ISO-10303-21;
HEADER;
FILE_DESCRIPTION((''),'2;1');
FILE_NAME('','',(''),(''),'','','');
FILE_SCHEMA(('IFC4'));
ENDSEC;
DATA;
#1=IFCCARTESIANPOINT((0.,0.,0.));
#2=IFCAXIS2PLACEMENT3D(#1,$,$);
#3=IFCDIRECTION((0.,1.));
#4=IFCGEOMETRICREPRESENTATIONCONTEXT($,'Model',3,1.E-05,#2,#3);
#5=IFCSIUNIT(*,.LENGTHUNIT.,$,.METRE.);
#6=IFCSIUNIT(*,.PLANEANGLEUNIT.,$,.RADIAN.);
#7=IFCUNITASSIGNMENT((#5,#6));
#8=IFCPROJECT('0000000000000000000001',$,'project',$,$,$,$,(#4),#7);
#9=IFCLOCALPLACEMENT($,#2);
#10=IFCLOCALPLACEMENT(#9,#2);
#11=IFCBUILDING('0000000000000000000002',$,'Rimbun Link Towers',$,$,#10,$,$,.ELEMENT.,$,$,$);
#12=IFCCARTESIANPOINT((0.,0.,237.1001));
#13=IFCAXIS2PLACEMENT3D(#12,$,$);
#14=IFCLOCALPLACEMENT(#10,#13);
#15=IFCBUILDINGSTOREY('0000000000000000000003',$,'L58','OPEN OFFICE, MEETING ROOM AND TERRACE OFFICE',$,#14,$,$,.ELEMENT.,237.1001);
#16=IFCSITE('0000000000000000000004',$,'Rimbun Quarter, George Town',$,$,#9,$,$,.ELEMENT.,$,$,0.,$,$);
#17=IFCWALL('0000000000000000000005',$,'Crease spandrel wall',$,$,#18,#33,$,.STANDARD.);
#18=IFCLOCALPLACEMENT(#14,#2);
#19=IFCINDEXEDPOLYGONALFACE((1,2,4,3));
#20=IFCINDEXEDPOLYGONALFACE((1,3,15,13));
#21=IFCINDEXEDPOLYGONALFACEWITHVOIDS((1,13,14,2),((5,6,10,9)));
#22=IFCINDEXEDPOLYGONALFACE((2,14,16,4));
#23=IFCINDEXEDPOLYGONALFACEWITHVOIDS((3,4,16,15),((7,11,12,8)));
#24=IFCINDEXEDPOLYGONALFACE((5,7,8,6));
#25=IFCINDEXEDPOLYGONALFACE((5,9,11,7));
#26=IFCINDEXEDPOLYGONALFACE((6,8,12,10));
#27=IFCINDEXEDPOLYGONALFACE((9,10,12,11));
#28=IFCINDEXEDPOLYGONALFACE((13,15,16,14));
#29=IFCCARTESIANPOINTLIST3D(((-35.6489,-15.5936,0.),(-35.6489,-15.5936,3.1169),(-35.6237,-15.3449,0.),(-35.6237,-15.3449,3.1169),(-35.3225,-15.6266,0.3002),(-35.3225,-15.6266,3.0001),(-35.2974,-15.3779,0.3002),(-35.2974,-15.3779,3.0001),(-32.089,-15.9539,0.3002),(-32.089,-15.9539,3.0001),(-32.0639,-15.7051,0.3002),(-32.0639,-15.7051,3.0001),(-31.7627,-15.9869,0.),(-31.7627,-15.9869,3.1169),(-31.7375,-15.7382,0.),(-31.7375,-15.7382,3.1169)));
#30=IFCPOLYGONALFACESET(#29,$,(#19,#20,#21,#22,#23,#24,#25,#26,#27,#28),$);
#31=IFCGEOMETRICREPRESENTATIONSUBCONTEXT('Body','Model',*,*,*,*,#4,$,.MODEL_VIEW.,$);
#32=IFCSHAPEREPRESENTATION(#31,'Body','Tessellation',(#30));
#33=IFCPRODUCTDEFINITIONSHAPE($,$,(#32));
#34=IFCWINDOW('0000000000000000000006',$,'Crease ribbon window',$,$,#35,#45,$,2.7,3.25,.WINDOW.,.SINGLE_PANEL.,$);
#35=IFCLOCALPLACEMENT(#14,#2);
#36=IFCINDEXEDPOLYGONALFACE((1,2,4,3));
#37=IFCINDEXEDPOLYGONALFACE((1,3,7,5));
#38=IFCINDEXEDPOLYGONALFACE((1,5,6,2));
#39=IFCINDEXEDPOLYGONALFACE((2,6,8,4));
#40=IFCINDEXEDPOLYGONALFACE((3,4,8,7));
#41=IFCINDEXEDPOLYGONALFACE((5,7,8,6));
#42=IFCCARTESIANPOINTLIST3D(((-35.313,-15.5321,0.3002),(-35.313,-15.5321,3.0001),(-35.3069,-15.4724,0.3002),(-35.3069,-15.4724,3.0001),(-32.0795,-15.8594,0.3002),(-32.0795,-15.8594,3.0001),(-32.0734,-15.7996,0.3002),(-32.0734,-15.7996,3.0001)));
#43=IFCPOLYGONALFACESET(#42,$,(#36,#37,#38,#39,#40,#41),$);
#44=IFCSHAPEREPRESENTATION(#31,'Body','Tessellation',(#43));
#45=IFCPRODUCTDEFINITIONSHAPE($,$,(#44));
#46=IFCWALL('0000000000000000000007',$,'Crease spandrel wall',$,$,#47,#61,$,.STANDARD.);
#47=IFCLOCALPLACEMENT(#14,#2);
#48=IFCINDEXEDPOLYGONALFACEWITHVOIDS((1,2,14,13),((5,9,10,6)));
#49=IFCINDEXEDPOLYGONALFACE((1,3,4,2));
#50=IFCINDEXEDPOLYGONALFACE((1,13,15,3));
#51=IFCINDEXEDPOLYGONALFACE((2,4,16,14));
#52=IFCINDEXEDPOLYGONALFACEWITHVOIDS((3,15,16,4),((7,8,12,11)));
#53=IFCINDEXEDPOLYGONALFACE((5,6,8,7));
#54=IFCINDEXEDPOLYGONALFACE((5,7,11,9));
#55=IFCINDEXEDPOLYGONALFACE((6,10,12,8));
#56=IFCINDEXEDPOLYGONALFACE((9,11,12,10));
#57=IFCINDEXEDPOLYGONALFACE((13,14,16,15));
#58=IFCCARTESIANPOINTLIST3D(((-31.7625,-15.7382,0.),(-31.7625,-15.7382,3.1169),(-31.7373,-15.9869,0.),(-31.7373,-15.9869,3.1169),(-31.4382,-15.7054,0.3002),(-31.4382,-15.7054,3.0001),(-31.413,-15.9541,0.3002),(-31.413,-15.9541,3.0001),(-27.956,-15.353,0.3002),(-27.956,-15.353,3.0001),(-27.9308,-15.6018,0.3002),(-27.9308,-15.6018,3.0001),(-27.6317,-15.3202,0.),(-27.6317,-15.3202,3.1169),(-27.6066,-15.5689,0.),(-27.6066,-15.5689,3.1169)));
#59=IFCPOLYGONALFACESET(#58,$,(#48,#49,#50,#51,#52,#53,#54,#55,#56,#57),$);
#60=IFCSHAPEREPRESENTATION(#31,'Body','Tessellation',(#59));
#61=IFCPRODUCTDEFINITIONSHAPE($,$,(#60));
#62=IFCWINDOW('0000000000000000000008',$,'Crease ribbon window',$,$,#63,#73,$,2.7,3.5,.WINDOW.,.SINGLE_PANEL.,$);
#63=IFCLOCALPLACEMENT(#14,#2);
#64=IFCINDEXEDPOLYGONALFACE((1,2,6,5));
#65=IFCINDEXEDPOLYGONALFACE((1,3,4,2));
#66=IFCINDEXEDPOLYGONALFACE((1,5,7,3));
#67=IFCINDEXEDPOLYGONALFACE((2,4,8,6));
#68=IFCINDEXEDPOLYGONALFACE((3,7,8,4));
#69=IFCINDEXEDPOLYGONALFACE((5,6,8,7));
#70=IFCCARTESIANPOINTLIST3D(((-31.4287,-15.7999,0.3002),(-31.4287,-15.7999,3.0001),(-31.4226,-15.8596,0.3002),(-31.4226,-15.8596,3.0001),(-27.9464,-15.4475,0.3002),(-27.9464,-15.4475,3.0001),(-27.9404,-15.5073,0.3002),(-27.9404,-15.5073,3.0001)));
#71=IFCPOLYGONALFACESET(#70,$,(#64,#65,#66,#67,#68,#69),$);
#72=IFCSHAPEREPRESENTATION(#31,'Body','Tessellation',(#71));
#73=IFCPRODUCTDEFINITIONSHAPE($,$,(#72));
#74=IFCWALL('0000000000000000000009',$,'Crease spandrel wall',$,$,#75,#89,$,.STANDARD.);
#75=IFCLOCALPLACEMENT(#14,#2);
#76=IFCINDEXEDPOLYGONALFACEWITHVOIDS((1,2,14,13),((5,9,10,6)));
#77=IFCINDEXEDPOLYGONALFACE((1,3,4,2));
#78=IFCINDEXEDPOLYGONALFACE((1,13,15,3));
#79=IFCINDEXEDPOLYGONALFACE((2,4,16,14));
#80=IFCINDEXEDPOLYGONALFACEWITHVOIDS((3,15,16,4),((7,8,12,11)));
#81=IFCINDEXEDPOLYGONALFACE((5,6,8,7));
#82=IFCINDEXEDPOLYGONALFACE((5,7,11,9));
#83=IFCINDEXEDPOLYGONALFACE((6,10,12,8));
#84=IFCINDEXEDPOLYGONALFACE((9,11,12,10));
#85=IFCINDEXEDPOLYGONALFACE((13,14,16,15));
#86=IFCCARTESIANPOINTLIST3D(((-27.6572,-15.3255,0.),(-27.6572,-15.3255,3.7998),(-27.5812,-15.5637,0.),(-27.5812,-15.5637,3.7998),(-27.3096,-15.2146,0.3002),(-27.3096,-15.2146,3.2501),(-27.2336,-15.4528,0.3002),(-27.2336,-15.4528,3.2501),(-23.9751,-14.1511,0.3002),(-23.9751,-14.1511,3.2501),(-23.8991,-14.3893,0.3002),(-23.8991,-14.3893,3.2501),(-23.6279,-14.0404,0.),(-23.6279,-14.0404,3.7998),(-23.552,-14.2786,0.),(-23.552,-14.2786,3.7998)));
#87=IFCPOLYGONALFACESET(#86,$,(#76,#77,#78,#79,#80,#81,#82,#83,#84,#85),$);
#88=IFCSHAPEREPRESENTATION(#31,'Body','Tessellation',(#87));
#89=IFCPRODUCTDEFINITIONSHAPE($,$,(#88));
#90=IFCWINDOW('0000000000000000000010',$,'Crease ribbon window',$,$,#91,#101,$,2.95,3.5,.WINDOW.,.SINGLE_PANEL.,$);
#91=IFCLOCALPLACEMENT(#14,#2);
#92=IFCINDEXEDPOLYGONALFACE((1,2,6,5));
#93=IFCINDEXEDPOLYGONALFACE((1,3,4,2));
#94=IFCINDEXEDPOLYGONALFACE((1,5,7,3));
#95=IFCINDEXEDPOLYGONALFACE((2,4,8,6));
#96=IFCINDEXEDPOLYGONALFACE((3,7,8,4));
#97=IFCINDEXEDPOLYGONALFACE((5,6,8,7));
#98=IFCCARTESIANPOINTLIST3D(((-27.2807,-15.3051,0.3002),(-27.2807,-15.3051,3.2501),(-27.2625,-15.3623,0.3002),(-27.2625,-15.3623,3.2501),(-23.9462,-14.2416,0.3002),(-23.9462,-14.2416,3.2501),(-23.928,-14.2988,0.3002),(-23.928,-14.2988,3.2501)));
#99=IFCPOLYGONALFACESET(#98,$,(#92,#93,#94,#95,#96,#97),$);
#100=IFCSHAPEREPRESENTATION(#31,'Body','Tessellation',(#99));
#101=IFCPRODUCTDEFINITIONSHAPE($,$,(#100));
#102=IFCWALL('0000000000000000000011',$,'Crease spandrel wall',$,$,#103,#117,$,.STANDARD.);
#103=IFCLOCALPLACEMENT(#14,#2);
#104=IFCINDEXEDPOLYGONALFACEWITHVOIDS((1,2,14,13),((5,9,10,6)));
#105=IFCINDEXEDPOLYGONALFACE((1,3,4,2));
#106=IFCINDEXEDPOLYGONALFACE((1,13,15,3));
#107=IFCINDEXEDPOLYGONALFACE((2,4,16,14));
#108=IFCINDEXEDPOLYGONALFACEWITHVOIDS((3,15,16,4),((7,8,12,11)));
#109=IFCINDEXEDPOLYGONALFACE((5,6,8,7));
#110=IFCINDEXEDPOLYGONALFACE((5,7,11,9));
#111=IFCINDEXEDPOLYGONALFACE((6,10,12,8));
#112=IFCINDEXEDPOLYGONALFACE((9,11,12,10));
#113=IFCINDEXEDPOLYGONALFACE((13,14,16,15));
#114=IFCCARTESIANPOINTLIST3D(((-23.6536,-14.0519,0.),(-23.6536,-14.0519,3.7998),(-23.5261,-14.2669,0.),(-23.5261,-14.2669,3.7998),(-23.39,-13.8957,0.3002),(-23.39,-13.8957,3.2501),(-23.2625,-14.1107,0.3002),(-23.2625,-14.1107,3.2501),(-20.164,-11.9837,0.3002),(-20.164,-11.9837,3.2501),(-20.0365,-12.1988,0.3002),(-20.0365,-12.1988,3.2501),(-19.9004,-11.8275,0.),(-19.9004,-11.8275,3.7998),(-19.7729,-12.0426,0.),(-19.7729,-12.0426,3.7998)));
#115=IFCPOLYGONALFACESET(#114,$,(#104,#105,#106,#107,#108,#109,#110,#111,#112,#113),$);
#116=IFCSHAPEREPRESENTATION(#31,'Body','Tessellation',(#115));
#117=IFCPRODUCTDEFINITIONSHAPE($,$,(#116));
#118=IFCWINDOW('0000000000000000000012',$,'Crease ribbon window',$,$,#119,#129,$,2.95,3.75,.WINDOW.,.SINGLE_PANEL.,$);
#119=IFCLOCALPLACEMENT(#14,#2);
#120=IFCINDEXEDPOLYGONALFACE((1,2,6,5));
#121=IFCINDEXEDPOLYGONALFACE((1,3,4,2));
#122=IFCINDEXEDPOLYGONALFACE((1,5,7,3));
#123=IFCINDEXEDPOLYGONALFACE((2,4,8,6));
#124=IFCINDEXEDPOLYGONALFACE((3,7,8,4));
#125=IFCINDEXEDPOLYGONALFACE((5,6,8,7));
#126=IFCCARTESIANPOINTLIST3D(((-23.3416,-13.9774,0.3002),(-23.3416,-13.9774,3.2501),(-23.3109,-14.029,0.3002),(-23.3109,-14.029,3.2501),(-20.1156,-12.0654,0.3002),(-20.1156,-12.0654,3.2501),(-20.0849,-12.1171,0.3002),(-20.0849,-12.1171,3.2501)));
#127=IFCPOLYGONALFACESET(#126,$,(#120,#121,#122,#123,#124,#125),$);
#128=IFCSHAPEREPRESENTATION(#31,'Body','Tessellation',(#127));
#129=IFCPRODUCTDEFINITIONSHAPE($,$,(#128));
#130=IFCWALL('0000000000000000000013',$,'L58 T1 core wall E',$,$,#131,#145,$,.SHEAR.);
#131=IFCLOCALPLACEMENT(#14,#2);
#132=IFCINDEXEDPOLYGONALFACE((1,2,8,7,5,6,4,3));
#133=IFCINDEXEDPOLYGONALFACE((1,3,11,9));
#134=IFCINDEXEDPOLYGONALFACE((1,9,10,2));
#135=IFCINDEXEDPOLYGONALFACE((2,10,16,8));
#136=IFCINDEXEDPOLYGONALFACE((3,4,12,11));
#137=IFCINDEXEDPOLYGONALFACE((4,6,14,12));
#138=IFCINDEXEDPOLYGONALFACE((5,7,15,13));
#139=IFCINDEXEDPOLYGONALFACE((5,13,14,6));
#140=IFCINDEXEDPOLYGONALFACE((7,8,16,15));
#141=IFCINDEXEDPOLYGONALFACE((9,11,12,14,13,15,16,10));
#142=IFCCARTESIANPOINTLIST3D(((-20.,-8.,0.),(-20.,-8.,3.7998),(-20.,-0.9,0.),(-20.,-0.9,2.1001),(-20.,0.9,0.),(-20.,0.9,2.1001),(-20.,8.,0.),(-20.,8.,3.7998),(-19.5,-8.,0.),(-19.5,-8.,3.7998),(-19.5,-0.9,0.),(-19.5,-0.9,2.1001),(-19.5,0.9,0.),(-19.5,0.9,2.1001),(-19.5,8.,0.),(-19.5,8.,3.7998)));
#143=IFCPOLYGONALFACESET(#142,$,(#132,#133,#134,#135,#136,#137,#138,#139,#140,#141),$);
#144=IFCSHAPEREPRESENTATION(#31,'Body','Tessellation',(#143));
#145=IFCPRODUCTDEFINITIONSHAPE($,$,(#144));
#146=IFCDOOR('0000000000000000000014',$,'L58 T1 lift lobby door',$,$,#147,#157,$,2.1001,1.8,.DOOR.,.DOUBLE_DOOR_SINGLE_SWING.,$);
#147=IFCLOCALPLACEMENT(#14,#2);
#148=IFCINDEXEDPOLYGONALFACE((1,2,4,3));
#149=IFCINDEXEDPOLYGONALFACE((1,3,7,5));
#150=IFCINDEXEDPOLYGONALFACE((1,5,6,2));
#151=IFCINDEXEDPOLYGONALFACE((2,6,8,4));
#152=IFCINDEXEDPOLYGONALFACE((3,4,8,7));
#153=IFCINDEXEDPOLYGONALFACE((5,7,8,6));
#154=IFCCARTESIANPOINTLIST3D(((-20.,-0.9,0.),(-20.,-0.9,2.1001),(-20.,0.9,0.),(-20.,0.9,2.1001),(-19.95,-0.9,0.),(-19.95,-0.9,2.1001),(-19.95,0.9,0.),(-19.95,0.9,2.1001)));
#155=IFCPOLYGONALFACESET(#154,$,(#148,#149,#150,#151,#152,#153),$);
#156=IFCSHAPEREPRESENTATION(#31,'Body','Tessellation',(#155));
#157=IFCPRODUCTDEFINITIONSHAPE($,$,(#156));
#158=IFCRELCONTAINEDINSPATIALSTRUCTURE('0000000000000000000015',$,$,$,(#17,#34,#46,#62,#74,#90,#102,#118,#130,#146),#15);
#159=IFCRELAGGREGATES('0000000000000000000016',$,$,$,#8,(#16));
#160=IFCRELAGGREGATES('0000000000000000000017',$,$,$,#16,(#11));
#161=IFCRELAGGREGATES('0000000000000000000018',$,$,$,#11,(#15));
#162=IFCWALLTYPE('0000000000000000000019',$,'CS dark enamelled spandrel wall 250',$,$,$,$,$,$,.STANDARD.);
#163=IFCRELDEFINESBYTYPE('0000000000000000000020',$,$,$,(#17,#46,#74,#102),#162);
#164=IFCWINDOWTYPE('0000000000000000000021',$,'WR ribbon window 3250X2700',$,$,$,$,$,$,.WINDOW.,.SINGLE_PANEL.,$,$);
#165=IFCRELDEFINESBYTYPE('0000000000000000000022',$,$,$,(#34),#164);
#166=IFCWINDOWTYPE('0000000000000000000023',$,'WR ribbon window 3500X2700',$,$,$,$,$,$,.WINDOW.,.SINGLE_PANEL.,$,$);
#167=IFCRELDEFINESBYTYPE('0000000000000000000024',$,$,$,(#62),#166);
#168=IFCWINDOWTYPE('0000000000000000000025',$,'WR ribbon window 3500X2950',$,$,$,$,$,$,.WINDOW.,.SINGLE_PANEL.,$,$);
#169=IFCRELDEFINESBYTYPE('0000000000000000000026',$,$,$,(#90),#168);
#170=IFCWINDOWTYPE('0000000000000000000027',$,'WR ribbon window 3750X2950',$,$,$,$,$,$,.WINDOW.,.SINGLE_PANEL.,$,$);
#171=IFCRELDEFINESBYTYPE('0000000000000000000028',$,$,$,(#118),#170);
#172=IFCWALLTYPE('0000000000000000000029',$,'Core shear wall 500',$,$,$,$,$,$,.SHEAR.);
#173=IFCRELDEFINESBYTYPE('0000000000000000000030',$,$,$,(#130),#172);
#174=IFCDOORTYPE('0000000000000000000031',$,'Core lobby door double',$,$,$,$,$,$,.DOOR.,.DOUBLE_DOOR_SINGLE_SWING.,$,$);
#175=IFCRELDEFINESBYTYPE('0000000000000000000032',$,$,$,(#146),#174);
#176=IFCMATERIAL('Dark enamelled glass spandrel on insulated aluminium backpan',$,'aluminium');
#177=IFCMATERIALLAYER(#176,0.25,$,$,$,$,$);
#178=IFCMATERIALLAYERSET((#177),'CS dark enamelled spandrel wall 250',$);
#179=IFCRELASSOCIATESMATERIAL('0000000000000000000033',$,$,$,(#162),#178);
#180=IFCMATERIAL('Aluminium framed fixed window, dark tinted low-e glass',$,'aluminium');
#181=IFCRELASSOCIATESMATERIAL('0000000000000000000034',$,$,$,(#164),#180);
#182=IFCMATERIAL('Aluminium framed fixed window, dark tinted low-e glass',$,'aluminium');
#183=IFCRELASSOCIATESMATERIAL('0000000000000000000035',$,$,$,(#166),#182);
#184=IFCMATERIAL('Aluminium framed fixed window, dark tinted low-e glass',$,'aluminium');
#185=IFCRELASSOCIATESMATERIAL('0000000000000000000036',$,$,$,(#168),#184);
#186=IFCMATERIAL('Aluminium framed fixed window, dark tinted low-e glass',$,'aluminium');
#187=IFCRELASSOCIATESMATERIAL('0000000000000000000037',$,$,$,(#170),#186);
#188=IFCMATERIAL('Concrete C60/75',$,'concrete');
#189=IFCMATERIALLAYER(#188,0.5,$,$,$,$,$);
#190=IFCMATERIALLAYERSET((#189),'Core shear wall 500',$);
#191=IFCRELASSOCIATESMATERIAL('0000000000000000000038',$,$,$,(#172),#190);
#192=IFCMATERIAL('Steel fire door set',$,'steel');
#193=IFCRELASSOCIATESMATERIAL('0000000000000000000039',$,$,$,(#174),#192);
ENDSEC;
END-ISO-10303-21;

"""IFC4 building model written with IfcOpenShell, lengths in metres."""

from ifc_helpers import new_model, si_unit, direction, frame, frame_2d, origin, place, context, subcontext, project, spatial, rectangle, extrude, material, layer, layer_set, type_object, element, fill, save


model = new_model("IFC4")

# Units and contexts
model_context = context("Model", 3, precision=1e-05, world=origin(), true_north=direction((0.0, 1.0)))
body_context = subcontext(model_context, "Body", "Model", "MODEL_VIEW")
ifc_project = project(units=[si_unit("LENGTHUNIT", "METRE"), si_unit("PLANEANGLEUNIT", "RADIAN")], contexts=[model_context])

# Site, building, storey
site_placement = place(None, origin())
site = spatial("IfcSite", under=ifc_project, at=site_placement, Name="Rimbun Quarter, George Town", CompositionType="ELEMENT", RefElevation=0.0)
building_placement = place(site_placement, origin())
building = spatial("IfcBuilding", under=site, at=building_placement, Name="Rimbun Link Towers", CompositionType="ELEMENT")
storey_placement = place(building_placement, frame((0.0, 0.0, 237.1001)))
storey = spatial("IfcBuildingStorey", under=building, at=storey_placement, Name="L58", Description="OPEN OFFICE, MEETING ROOM AND TERRACE OFFICE", CompositionType="ELEMENT", Elevation=237.1001)

# Walls, openings, windows
ifc_material_1 = material(Name="Dark enamelled glass spandrel on insulated aluminium backpan", Category="aluminium")
ifc_layer_1 = layer(ifc_material_1, 0.25)
ifc_layer_set_1 = layer_set([ifc_layer_1], Name="CS dark enamelled spandrel wall 250")
wall_type_1 = type_object("IfcWallType", Name="CS dark enamelled spandrel wall 250", PredefinedType="STANDARD", material=ifc_layer_set_1)
wall_1_placement = place(storey_placement, frame((-31.75, -15.8625, 0.0), z_axis=(0.0, 0.0, 1.0), x_axis=(-0.994918, 0.100692, 0.0)))
wall_1 = element("IfcWall", 1, at=wall_1_placement, inside=storey, type_object=wall_type_1, Name="Crease spandrel wall", PredefinedType="STANDARD", context=body_context, shape_type="SweptSolid", body=[
    extrude(rectangle(XDim=3.906, YDim=0.25, at=frame_2d((1.9531, 0.0))), origin(), (0.0, 0.0, 1.0), 3.1169),
])
opening_1_placement = place(wall_1_placement, frame((0.3281, 0.0, 0.3)))
opening_1 = element("IfcOpeningElement", 2, at=opening_1_placement, cuts=wall_1, PredefinedType="OPENING", context=body_context, shape_type="SweptSolid", body=[
    extrude(rectangle(XDim=3.25, YDim=2.7, at=frame_2d((1.625, 1.3501))), frame((0.0, 0.135, 0.0), z_axis=(0.0, -1.0, 0.0), x_axis=(1.0, 0.0, 0.0)), (0.0, 0.0, 1.0), 0.27),
])
ifc_material_2 = material(Name="Aluminium framed fixed window, dark tinted low-e glass", Category="aluminium")
window_type_1 = type_object("IfcWindowType", Name="WR ribbon window 3250X2700", PartitioningType="SINGLE_PANEL", PredefinedType="WINDOW", material=ifc_material_2)
window_1_placement = place(opening_1_placement, origin())
window_1 = element("IfcWindow", 3, at=window_1_placement, inside=storey, type_object=window_type_1, Name="Crease ribbon window", OverallHeight=2.7, OverallWidth=3.25, PartitioningType="SINGLE_PANEL", PredefinedType="WINDOW", context=body_context, shape_type="SweptSolid", body=[
    extrude(rectangle(XDim=3.25, YDim=2.7, at=frame_2d((1.625, 1.3501))), frame((0.0, 0.03, 0.0), z_axis=(0.0, -1.0, 0.0), x_axis=(1.0, 0.0, 0.0)), (0.0, 0.0, 1.0), 0.0601),
])
fill(opening_1, window_1)
wall_2_placement = place(storey_placement, frame((-27.6191, -15.4446, 0.0), z_axis=(0.0, 0.0, 1.0), x_axis=(-0.99492, -0.100668, 0.0)))
wall_2 = element("IfcWall", 4, at=wall_2_placement, inside=storey, type_object=wall_type_1, Name="Crease spandrel wall", PredefinedType="STANDARD", context=body_context, shape_type="SweptSolid", body=[
    extrude(rectangle(XDim=4.1519, YDim=0.25, at=frame_2d((2.0759, 0.0))), origin(), (0.0, 0.0, 1.0), 3.1169),
])
opening_2_placement = place(wall_2_placement, frame((0.3259, 0.0, 0.3)))
opening_2 = element("IfcOpeningElement", 5, at=opening_2_placement, cuts=wall_2, PredefinedType="OPENING", context=body_context, shape_type="SweptSolid", body=[
    extrude(rectangle(XDim=3.5, YDim=2.7, at=frame_2d((1.75, 1.3501))), frame((0.0, 0.135, 0.0), z_axis=(0.0, -1.0, 0.0), x_axis=(1.0, 0.0, 0.0)), (0.0, 0.0, 1.0), 0.27),
])
ifc_material_3 = material(Name="Aluminium framed fixed window, dark tinted low-e glass", Category="aluminium")
window_type_2 = type_object("IfcWindowType", Name="WR ribbon window 3500X2700", PartitioningType="SINGLE_PANEL", PredefinedType="WINDOW", material=ifc_material_3)
window_2_placement = place(opening_2_placement, origin())
window_2 = element("IfcWindow", 6, at=window_2_placement, inside=storey, type_object=window_type_2, Name="Crease ribbon window", OverallHeight=2.7, OverallWidth=3.5, PartitioningType="SINGLE_PANEL", PredefinedType="WINDOW", context=body_context, shape_type="SweptSolid", body=[
    extrude(rectangle(XDim=3.5, YDim=2.7, at=frame_2d((1.75, 1.3501))), frame((0.0, 0.03, 0.0), z_axis=(0.0, -1.0, 0.0), x_axis=(1.0, 0.0, 0.0)), (0.0, 0.0, 1.0), 0.0601),
])
fill(opening_2, window_2)
wall_3_placement = place(storey_placement, frame((-23.5898, -14.1594, 0.0), z_axis=(0.0, 0.0, 1.0), x_axis=(-0.952713, -0.303871, 0.0)))
wall_3 = element("IfcWall", 7, at=wall_3_placement, inside=storey, type_object=wall_type_1, Name="Crease spandrel wall", PredefinedType="STANDARD", context=body_context, shape_type="SweptSolid", body=[
    extrude(rectangle(XDim=4.2292, YDim=0.25, at=frame_2d((2.1147, 0.0))), origin(), (0.0, 0.0, 1.0), 3.7998),
])
opening_3_placement = place(wall_3_placement, frame((0.3645, 0.0, 0.3)))
opening_3 = element("IfcOpeningElement", 8, at=opening_3_placement, cuts=wall_3, PredefinedType="OPENING", context=body_context, shape_type="SweptSolid", body=[
    extrude(rectangle(XDim=3.5, YDim=2.95, at=frame_2d((1.75, 1.4751))), frame((0.0, 0.135, 0.0), z_axis=(0.0, -1.0, 0.0), x_axis=(1.0, 0.0, 0.0)), (0.0, 0.0, 1.0), 0.27),
])
ifc_material_4 = material(Name="Aluminium framed fixed window, dark tinted low-e glass", Category="aluminium")
window_type_3 = type_object("IfcWindowType", Name="WR ribbon window 3500X2950", PartitioningType="SINGLE_PANEL", PredefinedType="WINDOW", material=ifc_material_4)
window_3_placement = place(opening_3_placement, origin())
window_3 = element("IfcWindow", 9, at=window_3_placement, inside=storey, type_object=window_type_3, Name="Crease ribbon window", OverallHeight=2.95, OverallWidth=3.5, PartitioningType="SINGLE_PANEL", PredefinedType="WINDOW", context=body_context, shape_type="SweptSolid", body=[
    extrude(rectangle(XDim=3.5, YDim=2.95, at=frame_2d((1.75, 1.4751))), frame((0.0, 0.03, 0.0), z_axis=(0.0, -1.0, 0.0), x_axis=(1.0, 0.0, 0.0)), (0.0, 0.0, 1.0), 0.0601),
])
fill(opening_3, window_3)
wall_4_placement = place(storey_placement, frame((-19.8367, -11.9351, 0.0), z_axis=(0.0, 0.0, 1.0), x_axis=(-0.860265, -0.509847, 0.0)))
wall_4 = element("IfcWall", 10, at=wall_4_placement, inside=storey, type_object=wall_type_1, Name="Crease spandrel wall", PredefinedType="STANDARD", context=body_context, shape_type="SweptSolid", body=[
    extrude(rectangle(XDim=4.3628, YDim=0.25, at=frame_2d((2.1814, 0.0))), origin(), (0.0, 0.0, 1.0), 3.7998),
])
opening_4_placement = place(wall_4_placement, frame((0.3064, 0.0, 0.3)))
opening_4 = element("IfcOpeningElement", 11, at=opening_4_placement, cuts=wall_4, PredefinedType="OPENING", context=body_context, shape_type="SweptSolid", body=[
    extrude(rectangle(XDim=3.75, YDim=2.95, at=frame_2d((1.875, 1.4751))), frame((0.0, 0.135, 0.0), z_axis=(0.0, -1.0, 0.0), x_axis=(1.0, 0.0, 0.0)), (0.0, 0.0, 1.0), 0.27),
])
ifc_material_5 = material(Name="Aluminium framed fixed window, dark tinted low-e glass", Category="aluminium")
window_type_4 = type_object("IfcWindowType", Name="WR ribbon window 3750X2950", PartitioningType="SINGLE_PANEL", PredefinedType="WINDOW", material=ifc_material_5)
window_4_placement = place(opening_4_placement, origin())
window_4 = element("IfcWindow", 12, at=window_4_placement, inside=storey, type_object=window_type_4, Name="Crease ribbon window", OverallHeight=2.95, OverallWidth=3.75, PartitioningType="SINGLE_PANEL", PredefinedType="WINDOW", context=body_context, shape_type="SweptSolid", body=[
    extrude(rectangle(XDim=3.75, YDim=2.95, at=frame_2d((1.875, 1.4751))), frame((0.0, 0.03, 0.0), z_axis=(0.0, -1.0, 0.0), x_axis=(1.0, 0.0, 0.0)), (0.0, 0.0, 1.0), 0.0601),
])
fill(opening_4, window_4)

# Wall, opening, door
ifc_material_6 = material(Name="Concrete C60/75", Category="concrete")
ifc_layer_2 = layer(ifc_material_6, 0.5)
ifc_layer_set_2 = layer_set([ifc_layer_2], Name="Core shear wall 500")
wall_type_2 = type_object("IfcWallType", Name="Core shear wall 500", PredefinedType="SHEAR", material=ifc_layer_set_2)
wall_5_placement = place(storey_placement, frame((-19.75, -8.0, 0.0), z_axis=(0.0, 0.0, 1.0), x_axis=(0.0, 1.0, 0.0)))
wall_5 = element("IfcWall", 13, at=wall_5_placement, inside=storey, type_object=wall_type_2, Name="L58 T1 core wall E", PredefinedType="SHEAR", context=body_context, shape_type="SweptSolid", body=[
    extrude(rectangle(XDim=16.0, YDim=0.5, at=frame_2d((8.0, 0.0))), origin(), (0.0, 0.0, 1.0), 3.7998),
])
opening_5_placement = place(wall_5_placement, frame((7.1001, 0.0, 0.0)))
opening_5 = element("IfcOpeningElement", 14, at=opening_5_placement, cuts=wall_5, PredefinedType="OPENING", context=body_context, shape_type="SweptSolid", body=[
    extrude(rectangle(XDim=1.8, YDim=2.1001, at=frame_2d((0.8999, 1.05))), frame((0.0, 0.26, 0.0), z_axis=(0.0, -1.0, 0.0), x_axis=(1.0, 0.0, 0.0)), (0.0, 0.0, 1.0), 0.52),
])
ifc_material_7 = material(Name="Steel fire door set", Category="steel")
door_type = type_object("IfcDoorType", Name="Core lobby door double", OperationType="DOUBLE_DOOR_SINGLE_SWING", PredefinedType="DOOR", material=ifc_material_7)
door_placement = place(opening_5_placement, origin())
door = element("IfcDoor", 15, at=door_placement, inside=storey, type_object=door_type, Name="L58 T1 lift lobby door", OperationType="DOUBLE_DOOR_SINGLE_SWING", OverallHeight=2.1001, OverallWidth=1.8, PredefinedType="DOOR", context=body_context, shape_type="SweptSolid", body=[
    extrude(rectangle(XDim=1.8, YDim=2.1001, at=frame_2d((0.8999, 1.05))), frame((0.0, 0.25, 0.0), z_axis=(0.0, -1.0, 0.0), x_axis=(1.0, 0.0, 0.0)), (0.0, 0.0, 1.0), 0.05),
])
fill(opening_5, door)

save(model, "model.ifc")
